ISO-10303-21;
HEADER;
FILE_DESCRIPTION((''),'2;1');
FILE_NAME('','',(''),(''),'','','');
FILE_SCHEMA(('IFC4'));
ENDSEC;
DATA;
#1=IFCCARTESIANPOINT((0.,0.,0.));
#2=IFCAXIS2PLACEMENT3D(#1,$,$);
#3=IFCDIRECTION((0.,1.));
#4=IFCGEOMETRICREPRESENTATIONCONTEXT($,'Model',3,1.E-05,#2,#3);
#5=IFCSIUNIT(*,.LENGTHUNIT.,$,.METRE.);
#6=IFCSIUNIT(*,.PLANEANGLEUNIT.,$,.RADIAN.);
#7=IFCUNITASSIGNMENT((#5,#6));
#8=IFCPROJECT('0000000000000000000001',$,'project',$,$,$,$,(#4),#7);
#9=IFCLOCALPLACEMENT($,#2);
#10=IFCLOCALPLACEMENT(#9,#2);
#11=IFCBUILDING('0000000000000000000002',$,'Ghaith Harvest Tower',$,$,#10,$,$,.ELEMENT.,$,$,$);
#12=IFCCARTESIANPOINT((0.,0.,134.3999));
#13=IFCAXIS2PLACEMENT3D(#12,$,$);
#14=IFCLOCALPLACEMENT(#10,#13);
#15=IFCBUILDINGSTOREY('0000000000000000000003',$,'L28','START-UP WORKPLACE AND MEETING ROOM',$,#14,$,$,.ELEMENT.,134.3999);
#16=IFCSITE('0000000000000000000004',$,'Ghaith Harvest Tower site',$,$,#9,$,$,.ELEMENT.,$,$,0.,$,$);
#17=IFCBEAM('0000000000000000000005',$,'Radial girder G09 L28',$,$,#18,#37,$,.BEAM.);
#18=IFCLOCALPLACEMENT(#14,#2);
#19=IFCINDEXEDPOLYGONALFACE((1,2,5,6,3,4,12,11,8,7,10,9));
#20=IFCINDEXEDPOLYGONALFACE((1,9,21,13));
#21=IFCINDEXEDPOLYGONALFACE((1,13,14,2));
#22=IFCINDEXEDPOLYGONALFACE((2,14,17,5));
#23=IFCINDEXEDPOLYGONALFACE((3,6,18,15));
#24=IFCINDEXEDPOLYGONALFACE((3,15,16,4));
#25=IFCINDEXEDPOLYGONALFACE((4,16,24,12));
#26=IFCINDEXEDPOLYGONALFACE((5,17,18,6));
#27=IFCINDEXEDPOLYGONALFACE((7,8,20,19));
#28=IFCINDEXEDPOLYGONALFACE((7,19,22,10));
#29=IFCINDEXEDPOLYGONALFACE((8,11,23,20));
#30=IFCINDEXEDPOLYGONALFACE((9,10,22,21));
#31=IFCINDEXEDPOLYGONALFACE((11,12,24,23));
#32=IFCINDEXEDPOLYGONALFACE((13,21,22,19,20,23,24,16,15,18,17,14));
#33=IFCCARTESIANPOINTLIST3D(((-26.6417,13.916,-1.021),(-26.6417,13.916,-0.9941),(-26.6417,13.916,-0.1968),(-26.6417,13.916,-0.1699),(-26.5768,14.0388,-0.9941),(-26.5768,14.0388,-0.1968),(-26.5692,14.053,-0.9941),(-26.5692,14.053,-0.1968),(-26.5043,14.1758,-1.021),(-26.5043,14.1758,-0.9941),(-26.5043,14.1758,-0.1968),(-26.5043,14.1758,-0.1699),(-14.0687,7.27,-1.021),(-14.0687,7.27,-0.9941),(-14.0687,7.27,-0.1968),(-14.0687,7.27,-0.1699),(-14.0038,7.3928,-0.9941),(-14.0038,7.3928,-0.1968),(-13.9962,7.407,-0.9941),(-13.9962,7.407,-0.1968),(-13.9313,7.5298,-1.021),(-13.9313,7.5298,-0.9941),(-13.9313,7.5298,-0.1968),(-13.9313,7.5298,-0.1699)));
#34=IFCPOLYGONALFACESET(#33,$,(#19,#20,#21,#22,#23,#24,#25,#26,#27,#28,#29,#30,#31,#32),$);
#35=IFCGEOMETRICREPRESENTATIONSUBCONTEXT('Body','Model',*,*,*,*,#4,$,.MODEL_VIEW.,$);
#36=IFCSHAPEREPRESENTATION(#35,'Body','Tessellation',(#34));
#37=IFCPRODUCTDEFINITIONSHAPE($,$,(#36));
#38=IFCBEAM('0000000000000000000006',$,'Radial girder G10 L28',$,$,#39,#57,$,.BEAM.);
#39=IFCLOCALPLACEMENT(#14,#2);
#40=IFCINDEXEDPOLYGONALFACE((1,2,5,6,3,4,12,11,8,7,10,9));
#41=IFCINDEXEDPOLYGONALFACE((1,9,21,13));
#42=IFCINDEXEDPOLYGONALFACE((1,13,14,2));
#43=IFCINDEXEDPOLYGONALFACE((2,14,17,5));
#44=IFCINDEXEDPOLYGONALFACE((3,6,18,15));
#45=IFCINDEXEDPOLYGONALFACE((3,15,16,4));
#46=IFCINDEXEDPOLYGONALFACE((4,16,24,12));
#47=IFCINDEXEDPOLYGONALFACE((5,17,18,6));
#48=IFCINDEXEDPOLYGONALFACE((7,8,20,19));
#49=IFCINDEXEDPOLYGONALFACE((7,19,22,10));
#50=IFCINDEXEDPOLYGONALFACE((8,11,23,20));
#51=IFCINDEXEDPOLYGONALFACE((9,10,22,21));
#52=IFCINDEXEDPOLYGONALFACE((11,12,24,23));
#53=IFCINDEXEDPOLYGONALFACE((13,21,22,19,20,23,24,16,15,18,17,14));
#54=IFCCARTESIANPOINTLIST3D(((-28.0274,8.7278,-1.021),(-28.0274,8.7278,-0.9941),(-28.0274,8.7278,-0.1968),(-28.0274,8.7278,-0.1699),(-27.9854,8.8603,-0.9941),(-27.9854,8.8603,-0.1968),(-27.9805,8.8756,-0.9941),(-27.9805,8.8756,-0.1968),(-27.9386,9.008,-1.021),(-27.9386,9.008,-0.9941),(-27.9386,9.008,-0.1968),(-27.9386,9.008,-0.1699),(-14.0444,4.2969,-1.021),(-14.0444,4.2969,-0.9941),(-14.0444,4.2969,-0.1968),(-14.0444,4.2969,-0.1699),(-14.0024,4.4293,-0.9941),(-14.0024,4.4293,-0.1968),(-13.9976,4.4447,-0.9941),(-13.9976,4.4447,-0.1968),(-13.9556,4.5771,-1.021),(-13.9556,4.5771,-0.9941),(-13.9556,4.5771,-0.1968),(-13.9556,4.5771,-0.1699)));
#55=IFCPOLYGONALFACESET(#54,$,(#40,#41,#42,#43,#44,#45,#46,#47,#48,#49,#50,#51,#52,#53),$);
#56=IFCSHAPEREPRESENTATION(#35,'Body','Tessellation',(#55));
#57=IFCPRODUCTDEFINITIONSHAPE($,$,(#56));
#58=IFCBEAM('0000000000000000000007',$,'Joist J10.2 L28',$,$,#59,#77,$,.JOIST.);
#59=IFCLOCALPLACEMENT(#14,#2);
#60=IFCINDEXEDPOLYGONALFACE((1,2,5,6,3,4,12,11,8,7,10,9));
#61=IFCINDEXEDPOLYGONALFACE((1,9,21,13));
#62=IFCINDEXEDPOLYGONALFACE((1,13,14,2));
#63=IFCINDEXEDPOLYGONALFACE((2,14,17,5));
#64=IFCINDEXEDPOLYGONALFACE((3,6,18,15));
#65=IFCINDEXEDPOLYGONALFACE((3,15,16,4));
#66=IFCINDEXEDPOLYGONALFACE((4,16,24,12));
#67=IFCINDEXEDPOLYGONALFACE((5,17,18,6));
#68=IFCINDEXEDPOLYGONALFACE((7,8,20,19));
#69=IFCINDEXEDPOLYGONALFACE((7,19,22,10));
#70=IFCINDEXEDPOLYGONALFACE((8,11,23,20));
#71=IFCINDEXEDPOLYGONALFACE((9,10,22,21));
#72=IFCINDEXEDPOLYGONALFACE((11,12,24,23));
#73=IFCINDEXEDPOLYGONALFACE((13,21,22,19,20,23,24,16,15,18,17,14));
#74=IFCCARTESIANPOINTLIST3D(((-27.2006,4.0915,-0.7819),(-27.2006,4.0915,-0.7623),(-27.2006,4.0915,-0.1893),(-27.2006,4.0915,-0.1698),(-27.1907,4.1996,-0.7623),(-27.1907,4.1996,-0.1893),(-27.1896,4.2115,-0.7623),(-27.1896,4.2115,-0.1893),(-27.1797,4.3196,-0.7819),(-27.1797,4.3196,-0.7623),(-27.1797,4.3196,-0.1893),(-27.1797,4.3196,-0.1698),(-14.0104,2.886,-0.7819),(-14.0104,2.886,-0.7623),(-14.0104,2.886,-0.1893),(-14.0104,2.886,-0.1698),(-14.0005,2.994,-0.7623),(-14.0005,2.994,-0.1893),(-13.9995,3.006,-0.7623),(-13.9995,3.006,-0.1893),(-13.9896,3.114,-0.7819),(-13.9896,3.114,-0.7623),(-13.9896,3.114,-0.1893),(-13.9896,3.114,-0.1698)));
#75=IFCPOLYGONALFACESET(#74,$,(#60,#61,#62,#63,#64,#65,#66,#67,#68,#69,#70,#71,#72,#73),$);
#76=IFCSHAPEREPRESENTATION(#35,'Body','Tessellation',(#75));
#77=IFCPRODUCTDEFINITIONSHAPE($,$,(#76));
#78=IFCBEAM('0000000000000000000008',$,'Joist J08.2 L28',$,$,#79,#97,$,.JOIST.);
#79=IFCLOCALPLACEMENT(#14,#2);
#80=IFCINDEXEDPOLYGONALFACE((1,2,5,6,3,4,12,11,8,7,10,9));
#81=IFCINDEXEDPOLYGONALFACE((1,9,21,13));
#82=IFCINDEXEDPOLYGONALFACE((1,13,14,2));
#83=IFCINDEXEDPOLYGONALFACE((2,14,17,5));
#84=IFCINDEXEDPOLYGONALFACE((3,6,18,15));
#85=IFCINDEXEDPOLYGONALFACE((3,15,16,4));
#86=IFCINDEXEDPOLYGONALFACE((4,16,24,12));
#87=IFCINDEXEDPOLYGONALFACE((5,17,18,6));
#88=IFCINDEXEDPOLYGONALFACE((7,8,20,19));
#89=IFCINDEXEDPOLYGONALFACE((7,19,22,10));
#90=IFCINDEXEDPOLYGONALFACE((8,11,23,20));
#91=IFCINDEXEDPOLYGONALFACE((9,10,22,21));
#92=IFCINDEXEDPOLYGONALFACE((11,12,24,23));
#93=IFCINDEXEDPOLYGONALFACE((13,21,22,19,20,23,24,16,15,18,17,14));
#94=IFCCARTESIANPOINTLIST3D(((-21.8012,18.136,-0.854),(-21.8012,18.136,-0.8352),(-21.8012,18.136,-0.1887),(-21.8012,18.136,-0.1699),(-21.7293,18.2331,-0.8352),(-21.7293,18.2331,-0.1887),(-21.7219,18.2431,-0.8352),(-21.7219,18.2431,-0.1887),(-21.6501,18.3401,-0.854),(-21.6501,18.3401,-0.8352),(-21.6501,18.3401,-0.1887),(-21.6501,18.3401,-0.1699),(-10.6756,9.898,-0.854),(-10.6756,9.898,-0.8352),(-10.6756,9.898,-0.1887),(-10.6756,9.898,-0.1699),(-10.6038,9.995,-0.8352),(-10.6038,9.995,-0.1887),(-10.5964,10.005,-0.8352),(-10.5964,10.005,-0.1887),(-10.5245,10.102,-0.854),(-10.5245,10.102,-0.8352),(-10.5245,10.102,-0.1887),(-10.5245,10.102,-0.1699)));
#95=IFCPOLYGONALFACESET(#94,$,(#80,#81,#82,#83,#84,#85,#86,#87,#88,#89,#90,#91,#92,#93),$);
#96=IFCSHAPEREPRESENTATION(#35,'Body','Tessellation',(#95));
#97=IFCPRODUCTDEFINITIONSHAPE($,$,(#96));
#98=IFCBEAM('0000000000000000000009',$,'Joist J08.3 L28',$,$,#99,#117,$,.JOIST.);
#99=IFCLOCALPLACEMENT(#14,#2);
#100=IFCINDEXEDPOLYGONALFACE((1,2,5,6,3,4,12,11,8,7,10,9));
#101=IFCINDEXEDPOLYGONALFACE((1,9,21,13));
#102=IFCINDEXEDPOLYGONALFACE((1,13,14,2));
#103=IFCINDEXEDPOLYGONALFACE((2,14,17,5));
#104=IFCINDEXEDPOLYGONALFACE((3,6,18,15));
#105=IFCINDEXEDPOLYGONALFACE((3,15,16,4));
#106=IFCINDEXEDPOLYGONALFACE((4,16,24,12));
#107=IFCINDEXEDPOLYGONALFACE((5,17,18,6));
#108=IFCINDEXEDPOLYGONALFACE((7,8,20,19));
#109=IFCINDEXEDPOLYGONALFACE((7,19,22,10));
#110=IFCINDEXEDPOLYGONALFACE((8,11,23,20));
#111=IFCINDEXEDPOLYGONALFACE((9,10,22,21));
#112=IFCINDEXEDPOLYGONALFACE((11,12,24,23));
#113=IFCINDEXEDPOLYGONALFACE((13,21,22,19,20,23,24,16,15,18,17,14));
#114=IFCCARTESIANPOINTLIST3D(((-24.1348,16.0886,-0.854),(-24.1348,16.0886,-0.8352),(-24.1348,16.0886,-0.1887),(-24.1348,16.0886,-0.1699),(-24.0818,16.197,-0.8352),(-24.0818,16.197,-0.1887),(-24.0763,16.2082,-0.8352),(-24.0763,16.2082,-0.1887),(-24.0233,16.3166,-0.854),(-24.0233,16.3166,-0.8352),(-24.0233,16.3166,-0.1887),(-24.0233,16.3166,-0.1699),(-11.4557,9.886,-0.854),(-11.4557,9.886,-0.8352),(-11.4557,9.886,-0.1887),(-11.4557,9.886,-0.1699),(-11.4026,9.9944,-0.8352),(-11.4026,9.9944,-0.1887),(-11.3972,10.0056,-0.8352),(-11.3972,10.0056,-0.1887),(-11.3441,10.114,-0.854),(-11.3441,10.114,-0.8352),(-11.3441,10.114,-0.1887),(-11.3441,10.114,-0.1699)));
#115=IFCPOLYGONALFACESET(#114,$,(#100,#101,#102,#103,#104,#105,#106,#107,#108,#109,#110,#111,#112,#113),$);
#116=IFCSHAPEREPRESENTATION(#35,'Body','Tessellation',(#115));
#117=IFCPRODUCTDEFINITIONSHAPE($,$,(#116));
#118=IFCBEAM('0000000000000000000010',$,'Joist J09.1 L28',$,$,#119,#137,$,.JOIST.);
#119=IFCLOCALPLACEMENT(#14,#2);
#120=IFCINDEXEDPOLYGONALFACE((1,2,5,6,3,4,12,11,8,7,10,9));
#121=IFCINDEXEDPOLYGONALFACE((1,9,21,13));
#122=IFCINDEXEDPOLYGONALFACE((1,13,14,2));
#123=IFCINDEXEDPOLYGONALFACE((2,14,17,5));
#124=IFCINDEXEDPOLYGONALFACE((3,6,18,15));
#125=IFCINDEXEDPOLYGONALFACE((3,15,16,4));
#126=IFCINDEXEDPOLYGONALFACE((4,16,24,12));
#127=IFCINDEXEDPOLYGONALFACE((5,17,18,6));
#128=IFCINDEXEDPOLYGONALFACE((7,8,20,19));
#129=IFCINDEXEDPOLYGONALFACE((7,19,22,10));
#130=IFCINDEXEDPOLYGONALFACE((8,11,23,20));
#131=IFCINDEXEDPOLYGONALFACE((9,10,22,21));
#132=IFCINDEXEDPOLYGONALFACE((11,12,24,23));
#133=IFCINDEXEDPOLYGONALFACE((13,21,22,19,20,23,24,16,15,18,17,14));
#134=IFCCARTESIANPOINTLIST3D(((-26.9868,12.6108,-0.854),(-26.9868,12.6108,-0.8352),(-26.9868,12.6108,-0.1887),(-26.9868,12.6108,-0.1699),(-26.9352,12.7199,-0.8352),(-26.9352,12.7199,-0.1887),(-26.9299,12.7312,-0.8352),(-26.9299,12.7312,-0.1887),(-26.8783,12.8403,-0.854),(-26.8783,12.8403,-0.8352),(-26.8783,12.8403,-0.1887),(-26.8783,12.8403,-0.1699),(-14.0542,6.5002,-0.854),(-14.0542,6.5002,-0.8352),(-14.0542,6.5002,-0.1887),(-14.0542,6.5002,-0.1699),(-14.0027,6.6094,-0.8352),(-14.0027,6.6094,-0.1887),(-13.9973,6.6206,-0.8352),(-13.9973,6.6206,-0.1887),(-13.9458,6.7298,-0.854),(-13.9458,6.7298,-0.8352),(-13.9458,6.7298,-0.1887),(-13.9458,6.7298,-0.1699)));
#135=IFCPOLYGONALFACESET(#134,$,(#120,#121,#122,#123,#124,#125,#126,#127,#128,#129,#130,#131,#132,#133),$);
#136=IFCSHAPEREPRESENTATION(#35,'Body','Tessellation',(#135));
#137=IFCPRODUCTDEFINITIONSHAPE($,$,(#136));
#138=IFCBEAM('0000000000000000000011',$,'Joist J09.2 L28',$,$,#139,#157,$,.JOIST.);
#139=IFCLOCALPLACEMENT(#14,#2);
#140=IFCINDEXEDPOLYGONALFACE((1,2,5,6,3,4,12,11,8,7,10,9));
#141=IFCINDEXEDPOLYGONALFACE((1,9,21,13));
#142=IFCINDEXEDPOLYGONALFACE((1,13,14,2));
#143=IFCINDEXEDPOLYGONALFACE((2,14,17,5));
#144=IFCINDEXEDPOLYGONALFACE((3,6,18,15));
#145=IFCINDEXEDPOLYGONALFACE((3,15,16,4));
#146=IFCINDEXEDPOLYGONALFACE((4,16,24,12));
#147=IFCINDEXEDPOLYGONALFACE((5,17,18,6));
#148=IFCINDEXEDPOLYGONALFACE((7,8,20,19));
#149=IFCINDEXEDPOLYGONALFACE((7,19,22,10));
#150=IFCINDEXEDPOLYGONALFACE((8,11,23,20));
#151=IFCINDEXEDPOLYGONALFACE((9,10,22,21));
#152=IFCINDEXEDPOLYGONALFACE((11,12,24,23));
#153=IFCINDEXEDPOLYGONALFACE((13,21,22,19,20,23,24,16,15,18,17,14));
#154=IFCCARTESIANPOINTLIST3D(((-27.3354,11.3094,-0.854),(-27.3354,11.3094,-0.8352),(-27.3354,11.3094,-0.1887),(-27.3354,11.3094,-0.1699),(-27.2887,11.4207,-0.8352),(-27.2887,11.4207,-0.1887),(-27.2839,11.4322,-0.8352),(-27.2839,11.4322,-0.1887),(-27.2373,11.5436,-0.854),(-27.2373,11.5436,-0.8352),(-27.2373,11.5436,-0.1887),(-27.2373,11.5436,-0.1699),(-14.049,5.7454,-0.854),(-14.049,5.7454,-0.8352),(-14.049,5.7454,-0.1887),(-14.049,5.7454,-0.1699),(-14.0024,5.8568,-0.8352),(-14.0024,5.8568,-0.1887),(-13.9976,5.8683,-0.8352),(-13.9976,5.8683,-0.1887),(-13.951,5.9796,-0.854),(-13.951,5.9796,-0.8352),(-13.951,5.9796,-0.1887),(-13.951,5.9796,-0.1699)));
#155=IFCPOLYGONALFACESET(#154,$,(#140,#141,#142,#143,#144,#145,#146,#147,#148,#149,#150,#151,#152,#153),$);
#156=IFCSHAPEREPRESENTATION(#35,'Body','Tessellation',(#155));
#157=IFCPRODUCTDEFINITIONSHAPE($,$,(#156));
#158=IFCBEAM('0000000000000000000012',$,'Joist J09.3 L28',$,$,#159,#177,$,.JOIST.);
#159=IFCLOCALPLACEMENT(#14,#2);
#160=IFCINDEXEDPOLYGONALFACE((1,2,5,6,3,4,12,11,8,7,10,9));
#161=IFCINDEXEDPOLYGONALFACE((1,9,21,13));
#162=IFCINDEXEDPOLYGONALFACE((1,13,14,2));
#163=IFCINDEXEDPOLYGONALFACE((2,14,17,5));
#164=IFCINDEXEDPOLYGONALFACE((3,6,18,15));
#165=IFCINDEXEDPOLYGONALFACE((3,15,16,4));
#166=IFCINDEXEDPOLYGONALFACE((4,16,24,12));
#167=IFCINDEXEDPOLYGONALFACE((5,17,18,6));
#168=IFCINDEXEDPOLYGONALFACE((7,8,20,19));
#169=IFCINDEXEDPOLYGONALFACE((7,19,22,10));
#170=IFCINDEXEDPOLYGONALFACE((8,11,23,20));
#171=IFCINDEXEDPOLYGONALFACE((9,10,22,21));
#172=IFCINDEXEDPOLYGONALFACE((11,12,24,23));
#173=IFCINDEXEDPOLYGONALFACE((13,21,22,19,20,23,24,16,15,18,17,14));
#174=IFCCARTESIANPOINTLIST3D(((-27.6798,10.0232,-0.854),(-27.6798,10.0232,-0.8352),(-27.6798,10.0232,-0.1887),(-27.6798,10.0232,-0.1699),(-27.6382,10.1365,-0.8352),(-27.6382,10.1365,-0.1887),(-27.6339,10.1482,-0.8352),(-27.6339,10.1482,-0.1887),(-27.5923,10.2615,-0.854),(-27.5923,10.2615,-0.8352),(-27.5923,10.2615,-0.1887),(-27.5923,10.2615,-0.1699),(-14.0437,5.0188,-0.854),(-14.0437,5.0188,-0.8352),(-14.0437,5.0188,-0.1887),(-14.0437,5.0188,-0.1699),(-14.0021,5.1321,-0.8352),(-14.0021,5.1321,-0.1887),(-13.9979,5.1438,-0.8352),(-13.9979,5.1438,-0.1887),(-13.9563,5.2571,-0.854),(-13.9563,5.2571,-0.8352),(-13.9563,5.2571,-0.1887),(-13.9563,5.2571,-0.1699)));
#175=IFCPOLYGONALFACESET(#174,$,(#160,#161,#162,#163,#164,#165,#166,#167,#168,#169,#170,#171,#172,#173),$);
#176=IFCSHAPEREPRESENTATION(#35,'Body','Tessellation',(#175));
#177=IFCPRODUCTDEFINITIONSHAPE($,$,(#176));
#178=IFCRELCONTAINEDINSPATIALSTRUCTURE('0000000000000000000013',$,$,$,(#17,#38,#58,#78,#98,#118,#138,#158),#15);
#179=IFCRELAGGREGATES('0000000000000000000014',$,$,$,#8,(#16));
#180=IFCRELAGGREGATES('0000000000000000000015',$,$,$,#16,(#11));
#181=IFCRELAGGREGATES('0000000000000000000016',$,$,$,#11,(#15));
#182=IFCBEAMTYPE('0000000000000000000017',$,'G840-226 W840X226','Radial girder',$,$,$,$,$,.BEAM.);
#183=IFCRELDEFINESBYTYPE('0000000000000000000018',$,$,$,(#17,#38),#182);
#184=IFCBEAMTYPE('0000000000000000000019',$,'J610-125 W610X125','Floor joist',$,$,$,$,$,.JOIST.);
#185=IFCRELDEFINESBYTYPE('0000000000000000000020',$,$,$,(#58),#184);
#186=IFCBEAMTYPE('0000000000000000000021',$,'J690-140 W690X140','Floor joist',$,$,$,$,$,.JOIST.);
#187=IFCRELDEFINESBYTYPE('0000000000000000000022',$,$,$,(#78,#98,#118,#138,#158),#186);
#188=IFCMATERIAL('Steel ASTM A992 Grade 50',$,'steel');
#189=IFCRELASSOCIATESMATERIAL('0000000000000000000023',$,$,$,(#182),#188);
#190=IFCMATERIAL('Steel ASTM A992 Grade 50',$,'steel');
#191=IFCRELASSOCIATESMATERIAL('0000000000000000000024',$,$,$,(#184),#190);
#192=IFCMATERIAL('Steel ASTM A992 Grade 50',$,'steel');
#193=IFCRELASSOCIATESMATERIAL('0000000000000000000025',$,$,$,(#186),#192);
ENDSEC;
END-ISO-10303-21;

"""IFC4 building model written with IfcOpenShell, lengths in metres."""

from ifc_helpers import new_model, si_unit, direction, frame, origin, origin_2d, place, context, subcontext, project, spatial, i_section, extrude, material, material_profile, profile_set, type_object, element, save


model = new_model("IFC4")

# Units and contexts
model_context = context("Model", 3, precision=1e-05, world=origin(), true_north=direction((0.0, 1.0)))
body_context = subcontext(model_context, "Body", "Model", "MODEL_VIEW")
ifc_project = project(units=[si_unit("LENGTHUNIT", "METRE"), si_unit("PLANEANGLEUNIT", "RADIAN")], contexts=[model_context])

# Site, building, storey
site_placement = place(None, origin())
site = spatial("IfcSite", under=ifc_project, at=site_placement, Name="Ghaith Harvest Tower site", CompositionType="ELEMENT", RefElevation=0.0)
building_placement = place(site_placement, origin())
building = spatial("IfcBuilding", under=site, at=building_placement, Name="Ghaith Harvest Tower", CompositionType="ELEMENT")
storey_placement = place(building_placement, frame((0.0, 0.0, 134.3999)))
storey = spatial("IfcBuildingStorey", under=building, at=storey_placement, Name="L28", Description="START-UP WORKPLACE AND MEETING ROOM", CompositionType="ELEMENT", Elevation=134.3999)

# Beams
ifc_material_1 = material(Name="Steel ASTM A992 Grade 50", Category="steel")
ifc_material_profile_1 = material_profile(ifc_material_1, i_section(OverallWidth=0.2939, OverallDepth=0.8511, WebThickness=0.0161, FlangeThickness=0.0269, at=origin_2d()), Name="W840X226")
ifc_profile_set_1 = profile_set([ifc_material_profile_1], Name="Steel ASTM A992 Grade 50")
beam_type_1 = type_object("IfcBeamType", Name="G840-226 W840X226", Description="Radial girder", PredefinedType="BEAM", material=ifc_profile_set_1)
beam_1_placement = place(storey_placement, frame((-14.0, 7.3999, -0.5955), z_axis=(-0.884087, 0.467322, 0.0), x_axis=(-0.467322, -0.884087, 0.0)))
element("IfcBeam", 1, at=beam_1_placement, inside=storey, type_object=beam_type_1, Name="Radial girder G09 L28", PredefinedType="BEAM", context=body_context, shape_type="SweptSolid", body=[
    extrude(i_section(OverallWidth=0.2939, OverallDepth=0.8511, WebThickness=0.0161, FlangeThickness=0.0269, at=origin_2d()), origin(), (0.0, 0.0, 1.0), 14.2214),
])
beam_2_placement = place(storey_placement, frame((-14.0, 4.437, -0.5955), z_axis=(-0.953284, 0.302077, 0.0), x_axis=(-0.302077, -0.953284, 0.0)))
element("IfcBeam", 2, at=beam_2_placement, inside=storey, type_object=beam_type_1, Name="Radial girder G10 L28", PredefinedType="BEAM", context=body_context, shape_type="SweptSolid", body=[
    extrude(i_section(OverallWidth=0.2939, OverallDepth=0.8511, WebThickness=0.0161, FlangeThickness=0.0269, at=origin_2d()), origin(), (0.0, 0.0, 1.0), 14.6682),
])
ifc_material_2 = material(Name="Steel ASTM A992 Grade 50", Category="steel")
ifc_material_profile_2 = material_profile(ifc_material_2, i_section(OverallWidth=0.229, OverallDepth=0.6121, WebThickness=0.012, FlangeThickness=0.0195, at=origin_2d()), Name="W610X125")
ifc_profile_set_2 = profile_set([ifc_material_profile_2], Name="Steel ASTM A992 Grade 50")
beam_type_2 = type_object("IfcBeamType", Name="J610-125 W610X125", Description="Floor joist", PredefinedType="JOIST", material=ifc_profile_set_2)
beam_3_placement = place(storey_placement, frame((-14.0, 3.0, -0.4758), z_axis=(-0.995849, 0.091019, 0.0), x_axis=(-0.091019, -0.995849, 0.0)))
element("IfcBeam", 3, at=beam_3_placement, inside=storey, type_object=beam_type_2, Name="Joist J10.2 L28", PredefinedType="JOIST", context=body_context, shape_type="SweptSolid", body=[
    extrude(i_section(OverallWidth=0.229, OverallDepth=0.6121, WebThickness=0.012, FlangeThickness=0.0195, at=origin_2d()), origin(), (0.0, 0.0, 1.0), 13.2451),
])
ifc_material_3 = material(Name="Steel ASTM A992 Grade 50", Category="steel")
ifc_material_profile_3 = material_profile(ifc_material_3, i_section(OverallWidth=0.2539, OverallDepth=0.6841, WebThickness=0.0125, FlangeThickness=0.0188, at=origin_2d()), Name="W690X140")
ifc_profile_set_3 = profile_set([ifc_material_profile_3], Name="Steel ASTM A992 Grade 50")
beam_type_3 = type_object("IfcBeamType", Name="J690-140 W690X140", Description="Floor joist", PredefinedType="JOIST", material=ifc_profile_set_3)
beam_4_placement = place(storey_placement, frame((-10.6001, 10.0, -0.512), z_axis=(-0.803663, 0.595085, 0.0), x_axis=(-0.595085, -0.803663, 0.0)))
element("IfcBeam", 4, at=beam_4_placement, inside=storey, type_object=beam_type_3, Name="Joist J08.2 L28", PredefinedType="JOIST", context=body_context, shape_type="SweptSolid", body=[
    extrude(i_section(OverallWidth=0.2539, OverallDepth=0.6841, WebThickness=0.0125, FlangeThickness=0.0188, at=origin_2d()), origin(), (0.0, 0.0, 1.0), 13.8435),
])
beam_5_placement = place(storey_placement, frame((-11.3999, 10.0, -0.512), z_axis=(-0.898275, 0.439434, 0.0), x_axis=(-0.439434, -0.898275, 0.0)))
element("IfcBeam", 5, at=beam_5_placement, inside=storey, type_object=beam_type_3, Name="Joist J08.3 L28", PredefinedType="JOIST", context=body_context, shape_type="SweptSolid", body=[
    extrude(i_section(OverallWidth=0.2539, OverallDepth=0.6841, WebThickness=0.0125, FlangeThickness=0.0188, at=origin_2d()), origin(), (0.0, 0.0, 1.0), 14.115),
])
beam_6_placement = place(storey_placement, frame((-14.0, 6.615, -0.512), z_axis=(-0.904153, 0.427208, 0.0), x_axis=(-0.427208, -0.904153, 0.0)))
element("IfcBeam", 6, at=beam_6_placement, inside=storey, type_object=beam_type_3, Name="Joist J09.1 L28", PredefinedType="JOIST", context=body_context, shape_type="SweptSolid", body=[
    extrude(i_section(OverallWidth=0.2539, OverallDepth=0.6841, WebThickness=0.0125, FlangeThickness=0.0188, at=origin_2d()), origin(), (0.0, 0.0, 1.0), 14.3035),
])
beam_7_placement = place(storey_placement, frame((-14.0, 5.8625, -0.512), z_axis=(-0.922386, 0.38627, 0.0), x_axis=(-0.38627, -0.922386, 0.0)))
element("IfcBeam", 7, at=beam_7_placement, inside=storey, type_object=beam_type_3, Name="Joist J09.2 L28", PredefinedType="JOIST", context=body_context, shape_type="SweptSolid", body=[
    extrude(i_section(OverallWidth=0.2539, OverallDepth=0.6841, WebThickness=0.0125, FlangeThickness=0.0188, at=origin_2d()), origin(), (0.0, 0.0, 1.0), 14.4043),
])
beam_8_placement = place(storey_placement, frame((-14.0, 5.1379, -0.512), z_axis=(-0.938775, 0.34453, 0.0), x_axis=(-0.34453, -0.938775, 0.0)))
element("IfcBeam", 8, at=beam_8_placement, inside=storey, type_object=beam_type_3, Name="Joist J09.3 L28", PredefinedType="JOIST", context=body_context, shape_type="SweptSolid", body=[
    extrude(i_section(OverallWidth=0.2539, OverallDepth=0.6841, WebThickness=0.0125, FlangeThickness=0.0188, at=origin_2d()), origin(), (0.0, 0.0, 1.0), 14.5254),
])

save(model, "model.ifc")
